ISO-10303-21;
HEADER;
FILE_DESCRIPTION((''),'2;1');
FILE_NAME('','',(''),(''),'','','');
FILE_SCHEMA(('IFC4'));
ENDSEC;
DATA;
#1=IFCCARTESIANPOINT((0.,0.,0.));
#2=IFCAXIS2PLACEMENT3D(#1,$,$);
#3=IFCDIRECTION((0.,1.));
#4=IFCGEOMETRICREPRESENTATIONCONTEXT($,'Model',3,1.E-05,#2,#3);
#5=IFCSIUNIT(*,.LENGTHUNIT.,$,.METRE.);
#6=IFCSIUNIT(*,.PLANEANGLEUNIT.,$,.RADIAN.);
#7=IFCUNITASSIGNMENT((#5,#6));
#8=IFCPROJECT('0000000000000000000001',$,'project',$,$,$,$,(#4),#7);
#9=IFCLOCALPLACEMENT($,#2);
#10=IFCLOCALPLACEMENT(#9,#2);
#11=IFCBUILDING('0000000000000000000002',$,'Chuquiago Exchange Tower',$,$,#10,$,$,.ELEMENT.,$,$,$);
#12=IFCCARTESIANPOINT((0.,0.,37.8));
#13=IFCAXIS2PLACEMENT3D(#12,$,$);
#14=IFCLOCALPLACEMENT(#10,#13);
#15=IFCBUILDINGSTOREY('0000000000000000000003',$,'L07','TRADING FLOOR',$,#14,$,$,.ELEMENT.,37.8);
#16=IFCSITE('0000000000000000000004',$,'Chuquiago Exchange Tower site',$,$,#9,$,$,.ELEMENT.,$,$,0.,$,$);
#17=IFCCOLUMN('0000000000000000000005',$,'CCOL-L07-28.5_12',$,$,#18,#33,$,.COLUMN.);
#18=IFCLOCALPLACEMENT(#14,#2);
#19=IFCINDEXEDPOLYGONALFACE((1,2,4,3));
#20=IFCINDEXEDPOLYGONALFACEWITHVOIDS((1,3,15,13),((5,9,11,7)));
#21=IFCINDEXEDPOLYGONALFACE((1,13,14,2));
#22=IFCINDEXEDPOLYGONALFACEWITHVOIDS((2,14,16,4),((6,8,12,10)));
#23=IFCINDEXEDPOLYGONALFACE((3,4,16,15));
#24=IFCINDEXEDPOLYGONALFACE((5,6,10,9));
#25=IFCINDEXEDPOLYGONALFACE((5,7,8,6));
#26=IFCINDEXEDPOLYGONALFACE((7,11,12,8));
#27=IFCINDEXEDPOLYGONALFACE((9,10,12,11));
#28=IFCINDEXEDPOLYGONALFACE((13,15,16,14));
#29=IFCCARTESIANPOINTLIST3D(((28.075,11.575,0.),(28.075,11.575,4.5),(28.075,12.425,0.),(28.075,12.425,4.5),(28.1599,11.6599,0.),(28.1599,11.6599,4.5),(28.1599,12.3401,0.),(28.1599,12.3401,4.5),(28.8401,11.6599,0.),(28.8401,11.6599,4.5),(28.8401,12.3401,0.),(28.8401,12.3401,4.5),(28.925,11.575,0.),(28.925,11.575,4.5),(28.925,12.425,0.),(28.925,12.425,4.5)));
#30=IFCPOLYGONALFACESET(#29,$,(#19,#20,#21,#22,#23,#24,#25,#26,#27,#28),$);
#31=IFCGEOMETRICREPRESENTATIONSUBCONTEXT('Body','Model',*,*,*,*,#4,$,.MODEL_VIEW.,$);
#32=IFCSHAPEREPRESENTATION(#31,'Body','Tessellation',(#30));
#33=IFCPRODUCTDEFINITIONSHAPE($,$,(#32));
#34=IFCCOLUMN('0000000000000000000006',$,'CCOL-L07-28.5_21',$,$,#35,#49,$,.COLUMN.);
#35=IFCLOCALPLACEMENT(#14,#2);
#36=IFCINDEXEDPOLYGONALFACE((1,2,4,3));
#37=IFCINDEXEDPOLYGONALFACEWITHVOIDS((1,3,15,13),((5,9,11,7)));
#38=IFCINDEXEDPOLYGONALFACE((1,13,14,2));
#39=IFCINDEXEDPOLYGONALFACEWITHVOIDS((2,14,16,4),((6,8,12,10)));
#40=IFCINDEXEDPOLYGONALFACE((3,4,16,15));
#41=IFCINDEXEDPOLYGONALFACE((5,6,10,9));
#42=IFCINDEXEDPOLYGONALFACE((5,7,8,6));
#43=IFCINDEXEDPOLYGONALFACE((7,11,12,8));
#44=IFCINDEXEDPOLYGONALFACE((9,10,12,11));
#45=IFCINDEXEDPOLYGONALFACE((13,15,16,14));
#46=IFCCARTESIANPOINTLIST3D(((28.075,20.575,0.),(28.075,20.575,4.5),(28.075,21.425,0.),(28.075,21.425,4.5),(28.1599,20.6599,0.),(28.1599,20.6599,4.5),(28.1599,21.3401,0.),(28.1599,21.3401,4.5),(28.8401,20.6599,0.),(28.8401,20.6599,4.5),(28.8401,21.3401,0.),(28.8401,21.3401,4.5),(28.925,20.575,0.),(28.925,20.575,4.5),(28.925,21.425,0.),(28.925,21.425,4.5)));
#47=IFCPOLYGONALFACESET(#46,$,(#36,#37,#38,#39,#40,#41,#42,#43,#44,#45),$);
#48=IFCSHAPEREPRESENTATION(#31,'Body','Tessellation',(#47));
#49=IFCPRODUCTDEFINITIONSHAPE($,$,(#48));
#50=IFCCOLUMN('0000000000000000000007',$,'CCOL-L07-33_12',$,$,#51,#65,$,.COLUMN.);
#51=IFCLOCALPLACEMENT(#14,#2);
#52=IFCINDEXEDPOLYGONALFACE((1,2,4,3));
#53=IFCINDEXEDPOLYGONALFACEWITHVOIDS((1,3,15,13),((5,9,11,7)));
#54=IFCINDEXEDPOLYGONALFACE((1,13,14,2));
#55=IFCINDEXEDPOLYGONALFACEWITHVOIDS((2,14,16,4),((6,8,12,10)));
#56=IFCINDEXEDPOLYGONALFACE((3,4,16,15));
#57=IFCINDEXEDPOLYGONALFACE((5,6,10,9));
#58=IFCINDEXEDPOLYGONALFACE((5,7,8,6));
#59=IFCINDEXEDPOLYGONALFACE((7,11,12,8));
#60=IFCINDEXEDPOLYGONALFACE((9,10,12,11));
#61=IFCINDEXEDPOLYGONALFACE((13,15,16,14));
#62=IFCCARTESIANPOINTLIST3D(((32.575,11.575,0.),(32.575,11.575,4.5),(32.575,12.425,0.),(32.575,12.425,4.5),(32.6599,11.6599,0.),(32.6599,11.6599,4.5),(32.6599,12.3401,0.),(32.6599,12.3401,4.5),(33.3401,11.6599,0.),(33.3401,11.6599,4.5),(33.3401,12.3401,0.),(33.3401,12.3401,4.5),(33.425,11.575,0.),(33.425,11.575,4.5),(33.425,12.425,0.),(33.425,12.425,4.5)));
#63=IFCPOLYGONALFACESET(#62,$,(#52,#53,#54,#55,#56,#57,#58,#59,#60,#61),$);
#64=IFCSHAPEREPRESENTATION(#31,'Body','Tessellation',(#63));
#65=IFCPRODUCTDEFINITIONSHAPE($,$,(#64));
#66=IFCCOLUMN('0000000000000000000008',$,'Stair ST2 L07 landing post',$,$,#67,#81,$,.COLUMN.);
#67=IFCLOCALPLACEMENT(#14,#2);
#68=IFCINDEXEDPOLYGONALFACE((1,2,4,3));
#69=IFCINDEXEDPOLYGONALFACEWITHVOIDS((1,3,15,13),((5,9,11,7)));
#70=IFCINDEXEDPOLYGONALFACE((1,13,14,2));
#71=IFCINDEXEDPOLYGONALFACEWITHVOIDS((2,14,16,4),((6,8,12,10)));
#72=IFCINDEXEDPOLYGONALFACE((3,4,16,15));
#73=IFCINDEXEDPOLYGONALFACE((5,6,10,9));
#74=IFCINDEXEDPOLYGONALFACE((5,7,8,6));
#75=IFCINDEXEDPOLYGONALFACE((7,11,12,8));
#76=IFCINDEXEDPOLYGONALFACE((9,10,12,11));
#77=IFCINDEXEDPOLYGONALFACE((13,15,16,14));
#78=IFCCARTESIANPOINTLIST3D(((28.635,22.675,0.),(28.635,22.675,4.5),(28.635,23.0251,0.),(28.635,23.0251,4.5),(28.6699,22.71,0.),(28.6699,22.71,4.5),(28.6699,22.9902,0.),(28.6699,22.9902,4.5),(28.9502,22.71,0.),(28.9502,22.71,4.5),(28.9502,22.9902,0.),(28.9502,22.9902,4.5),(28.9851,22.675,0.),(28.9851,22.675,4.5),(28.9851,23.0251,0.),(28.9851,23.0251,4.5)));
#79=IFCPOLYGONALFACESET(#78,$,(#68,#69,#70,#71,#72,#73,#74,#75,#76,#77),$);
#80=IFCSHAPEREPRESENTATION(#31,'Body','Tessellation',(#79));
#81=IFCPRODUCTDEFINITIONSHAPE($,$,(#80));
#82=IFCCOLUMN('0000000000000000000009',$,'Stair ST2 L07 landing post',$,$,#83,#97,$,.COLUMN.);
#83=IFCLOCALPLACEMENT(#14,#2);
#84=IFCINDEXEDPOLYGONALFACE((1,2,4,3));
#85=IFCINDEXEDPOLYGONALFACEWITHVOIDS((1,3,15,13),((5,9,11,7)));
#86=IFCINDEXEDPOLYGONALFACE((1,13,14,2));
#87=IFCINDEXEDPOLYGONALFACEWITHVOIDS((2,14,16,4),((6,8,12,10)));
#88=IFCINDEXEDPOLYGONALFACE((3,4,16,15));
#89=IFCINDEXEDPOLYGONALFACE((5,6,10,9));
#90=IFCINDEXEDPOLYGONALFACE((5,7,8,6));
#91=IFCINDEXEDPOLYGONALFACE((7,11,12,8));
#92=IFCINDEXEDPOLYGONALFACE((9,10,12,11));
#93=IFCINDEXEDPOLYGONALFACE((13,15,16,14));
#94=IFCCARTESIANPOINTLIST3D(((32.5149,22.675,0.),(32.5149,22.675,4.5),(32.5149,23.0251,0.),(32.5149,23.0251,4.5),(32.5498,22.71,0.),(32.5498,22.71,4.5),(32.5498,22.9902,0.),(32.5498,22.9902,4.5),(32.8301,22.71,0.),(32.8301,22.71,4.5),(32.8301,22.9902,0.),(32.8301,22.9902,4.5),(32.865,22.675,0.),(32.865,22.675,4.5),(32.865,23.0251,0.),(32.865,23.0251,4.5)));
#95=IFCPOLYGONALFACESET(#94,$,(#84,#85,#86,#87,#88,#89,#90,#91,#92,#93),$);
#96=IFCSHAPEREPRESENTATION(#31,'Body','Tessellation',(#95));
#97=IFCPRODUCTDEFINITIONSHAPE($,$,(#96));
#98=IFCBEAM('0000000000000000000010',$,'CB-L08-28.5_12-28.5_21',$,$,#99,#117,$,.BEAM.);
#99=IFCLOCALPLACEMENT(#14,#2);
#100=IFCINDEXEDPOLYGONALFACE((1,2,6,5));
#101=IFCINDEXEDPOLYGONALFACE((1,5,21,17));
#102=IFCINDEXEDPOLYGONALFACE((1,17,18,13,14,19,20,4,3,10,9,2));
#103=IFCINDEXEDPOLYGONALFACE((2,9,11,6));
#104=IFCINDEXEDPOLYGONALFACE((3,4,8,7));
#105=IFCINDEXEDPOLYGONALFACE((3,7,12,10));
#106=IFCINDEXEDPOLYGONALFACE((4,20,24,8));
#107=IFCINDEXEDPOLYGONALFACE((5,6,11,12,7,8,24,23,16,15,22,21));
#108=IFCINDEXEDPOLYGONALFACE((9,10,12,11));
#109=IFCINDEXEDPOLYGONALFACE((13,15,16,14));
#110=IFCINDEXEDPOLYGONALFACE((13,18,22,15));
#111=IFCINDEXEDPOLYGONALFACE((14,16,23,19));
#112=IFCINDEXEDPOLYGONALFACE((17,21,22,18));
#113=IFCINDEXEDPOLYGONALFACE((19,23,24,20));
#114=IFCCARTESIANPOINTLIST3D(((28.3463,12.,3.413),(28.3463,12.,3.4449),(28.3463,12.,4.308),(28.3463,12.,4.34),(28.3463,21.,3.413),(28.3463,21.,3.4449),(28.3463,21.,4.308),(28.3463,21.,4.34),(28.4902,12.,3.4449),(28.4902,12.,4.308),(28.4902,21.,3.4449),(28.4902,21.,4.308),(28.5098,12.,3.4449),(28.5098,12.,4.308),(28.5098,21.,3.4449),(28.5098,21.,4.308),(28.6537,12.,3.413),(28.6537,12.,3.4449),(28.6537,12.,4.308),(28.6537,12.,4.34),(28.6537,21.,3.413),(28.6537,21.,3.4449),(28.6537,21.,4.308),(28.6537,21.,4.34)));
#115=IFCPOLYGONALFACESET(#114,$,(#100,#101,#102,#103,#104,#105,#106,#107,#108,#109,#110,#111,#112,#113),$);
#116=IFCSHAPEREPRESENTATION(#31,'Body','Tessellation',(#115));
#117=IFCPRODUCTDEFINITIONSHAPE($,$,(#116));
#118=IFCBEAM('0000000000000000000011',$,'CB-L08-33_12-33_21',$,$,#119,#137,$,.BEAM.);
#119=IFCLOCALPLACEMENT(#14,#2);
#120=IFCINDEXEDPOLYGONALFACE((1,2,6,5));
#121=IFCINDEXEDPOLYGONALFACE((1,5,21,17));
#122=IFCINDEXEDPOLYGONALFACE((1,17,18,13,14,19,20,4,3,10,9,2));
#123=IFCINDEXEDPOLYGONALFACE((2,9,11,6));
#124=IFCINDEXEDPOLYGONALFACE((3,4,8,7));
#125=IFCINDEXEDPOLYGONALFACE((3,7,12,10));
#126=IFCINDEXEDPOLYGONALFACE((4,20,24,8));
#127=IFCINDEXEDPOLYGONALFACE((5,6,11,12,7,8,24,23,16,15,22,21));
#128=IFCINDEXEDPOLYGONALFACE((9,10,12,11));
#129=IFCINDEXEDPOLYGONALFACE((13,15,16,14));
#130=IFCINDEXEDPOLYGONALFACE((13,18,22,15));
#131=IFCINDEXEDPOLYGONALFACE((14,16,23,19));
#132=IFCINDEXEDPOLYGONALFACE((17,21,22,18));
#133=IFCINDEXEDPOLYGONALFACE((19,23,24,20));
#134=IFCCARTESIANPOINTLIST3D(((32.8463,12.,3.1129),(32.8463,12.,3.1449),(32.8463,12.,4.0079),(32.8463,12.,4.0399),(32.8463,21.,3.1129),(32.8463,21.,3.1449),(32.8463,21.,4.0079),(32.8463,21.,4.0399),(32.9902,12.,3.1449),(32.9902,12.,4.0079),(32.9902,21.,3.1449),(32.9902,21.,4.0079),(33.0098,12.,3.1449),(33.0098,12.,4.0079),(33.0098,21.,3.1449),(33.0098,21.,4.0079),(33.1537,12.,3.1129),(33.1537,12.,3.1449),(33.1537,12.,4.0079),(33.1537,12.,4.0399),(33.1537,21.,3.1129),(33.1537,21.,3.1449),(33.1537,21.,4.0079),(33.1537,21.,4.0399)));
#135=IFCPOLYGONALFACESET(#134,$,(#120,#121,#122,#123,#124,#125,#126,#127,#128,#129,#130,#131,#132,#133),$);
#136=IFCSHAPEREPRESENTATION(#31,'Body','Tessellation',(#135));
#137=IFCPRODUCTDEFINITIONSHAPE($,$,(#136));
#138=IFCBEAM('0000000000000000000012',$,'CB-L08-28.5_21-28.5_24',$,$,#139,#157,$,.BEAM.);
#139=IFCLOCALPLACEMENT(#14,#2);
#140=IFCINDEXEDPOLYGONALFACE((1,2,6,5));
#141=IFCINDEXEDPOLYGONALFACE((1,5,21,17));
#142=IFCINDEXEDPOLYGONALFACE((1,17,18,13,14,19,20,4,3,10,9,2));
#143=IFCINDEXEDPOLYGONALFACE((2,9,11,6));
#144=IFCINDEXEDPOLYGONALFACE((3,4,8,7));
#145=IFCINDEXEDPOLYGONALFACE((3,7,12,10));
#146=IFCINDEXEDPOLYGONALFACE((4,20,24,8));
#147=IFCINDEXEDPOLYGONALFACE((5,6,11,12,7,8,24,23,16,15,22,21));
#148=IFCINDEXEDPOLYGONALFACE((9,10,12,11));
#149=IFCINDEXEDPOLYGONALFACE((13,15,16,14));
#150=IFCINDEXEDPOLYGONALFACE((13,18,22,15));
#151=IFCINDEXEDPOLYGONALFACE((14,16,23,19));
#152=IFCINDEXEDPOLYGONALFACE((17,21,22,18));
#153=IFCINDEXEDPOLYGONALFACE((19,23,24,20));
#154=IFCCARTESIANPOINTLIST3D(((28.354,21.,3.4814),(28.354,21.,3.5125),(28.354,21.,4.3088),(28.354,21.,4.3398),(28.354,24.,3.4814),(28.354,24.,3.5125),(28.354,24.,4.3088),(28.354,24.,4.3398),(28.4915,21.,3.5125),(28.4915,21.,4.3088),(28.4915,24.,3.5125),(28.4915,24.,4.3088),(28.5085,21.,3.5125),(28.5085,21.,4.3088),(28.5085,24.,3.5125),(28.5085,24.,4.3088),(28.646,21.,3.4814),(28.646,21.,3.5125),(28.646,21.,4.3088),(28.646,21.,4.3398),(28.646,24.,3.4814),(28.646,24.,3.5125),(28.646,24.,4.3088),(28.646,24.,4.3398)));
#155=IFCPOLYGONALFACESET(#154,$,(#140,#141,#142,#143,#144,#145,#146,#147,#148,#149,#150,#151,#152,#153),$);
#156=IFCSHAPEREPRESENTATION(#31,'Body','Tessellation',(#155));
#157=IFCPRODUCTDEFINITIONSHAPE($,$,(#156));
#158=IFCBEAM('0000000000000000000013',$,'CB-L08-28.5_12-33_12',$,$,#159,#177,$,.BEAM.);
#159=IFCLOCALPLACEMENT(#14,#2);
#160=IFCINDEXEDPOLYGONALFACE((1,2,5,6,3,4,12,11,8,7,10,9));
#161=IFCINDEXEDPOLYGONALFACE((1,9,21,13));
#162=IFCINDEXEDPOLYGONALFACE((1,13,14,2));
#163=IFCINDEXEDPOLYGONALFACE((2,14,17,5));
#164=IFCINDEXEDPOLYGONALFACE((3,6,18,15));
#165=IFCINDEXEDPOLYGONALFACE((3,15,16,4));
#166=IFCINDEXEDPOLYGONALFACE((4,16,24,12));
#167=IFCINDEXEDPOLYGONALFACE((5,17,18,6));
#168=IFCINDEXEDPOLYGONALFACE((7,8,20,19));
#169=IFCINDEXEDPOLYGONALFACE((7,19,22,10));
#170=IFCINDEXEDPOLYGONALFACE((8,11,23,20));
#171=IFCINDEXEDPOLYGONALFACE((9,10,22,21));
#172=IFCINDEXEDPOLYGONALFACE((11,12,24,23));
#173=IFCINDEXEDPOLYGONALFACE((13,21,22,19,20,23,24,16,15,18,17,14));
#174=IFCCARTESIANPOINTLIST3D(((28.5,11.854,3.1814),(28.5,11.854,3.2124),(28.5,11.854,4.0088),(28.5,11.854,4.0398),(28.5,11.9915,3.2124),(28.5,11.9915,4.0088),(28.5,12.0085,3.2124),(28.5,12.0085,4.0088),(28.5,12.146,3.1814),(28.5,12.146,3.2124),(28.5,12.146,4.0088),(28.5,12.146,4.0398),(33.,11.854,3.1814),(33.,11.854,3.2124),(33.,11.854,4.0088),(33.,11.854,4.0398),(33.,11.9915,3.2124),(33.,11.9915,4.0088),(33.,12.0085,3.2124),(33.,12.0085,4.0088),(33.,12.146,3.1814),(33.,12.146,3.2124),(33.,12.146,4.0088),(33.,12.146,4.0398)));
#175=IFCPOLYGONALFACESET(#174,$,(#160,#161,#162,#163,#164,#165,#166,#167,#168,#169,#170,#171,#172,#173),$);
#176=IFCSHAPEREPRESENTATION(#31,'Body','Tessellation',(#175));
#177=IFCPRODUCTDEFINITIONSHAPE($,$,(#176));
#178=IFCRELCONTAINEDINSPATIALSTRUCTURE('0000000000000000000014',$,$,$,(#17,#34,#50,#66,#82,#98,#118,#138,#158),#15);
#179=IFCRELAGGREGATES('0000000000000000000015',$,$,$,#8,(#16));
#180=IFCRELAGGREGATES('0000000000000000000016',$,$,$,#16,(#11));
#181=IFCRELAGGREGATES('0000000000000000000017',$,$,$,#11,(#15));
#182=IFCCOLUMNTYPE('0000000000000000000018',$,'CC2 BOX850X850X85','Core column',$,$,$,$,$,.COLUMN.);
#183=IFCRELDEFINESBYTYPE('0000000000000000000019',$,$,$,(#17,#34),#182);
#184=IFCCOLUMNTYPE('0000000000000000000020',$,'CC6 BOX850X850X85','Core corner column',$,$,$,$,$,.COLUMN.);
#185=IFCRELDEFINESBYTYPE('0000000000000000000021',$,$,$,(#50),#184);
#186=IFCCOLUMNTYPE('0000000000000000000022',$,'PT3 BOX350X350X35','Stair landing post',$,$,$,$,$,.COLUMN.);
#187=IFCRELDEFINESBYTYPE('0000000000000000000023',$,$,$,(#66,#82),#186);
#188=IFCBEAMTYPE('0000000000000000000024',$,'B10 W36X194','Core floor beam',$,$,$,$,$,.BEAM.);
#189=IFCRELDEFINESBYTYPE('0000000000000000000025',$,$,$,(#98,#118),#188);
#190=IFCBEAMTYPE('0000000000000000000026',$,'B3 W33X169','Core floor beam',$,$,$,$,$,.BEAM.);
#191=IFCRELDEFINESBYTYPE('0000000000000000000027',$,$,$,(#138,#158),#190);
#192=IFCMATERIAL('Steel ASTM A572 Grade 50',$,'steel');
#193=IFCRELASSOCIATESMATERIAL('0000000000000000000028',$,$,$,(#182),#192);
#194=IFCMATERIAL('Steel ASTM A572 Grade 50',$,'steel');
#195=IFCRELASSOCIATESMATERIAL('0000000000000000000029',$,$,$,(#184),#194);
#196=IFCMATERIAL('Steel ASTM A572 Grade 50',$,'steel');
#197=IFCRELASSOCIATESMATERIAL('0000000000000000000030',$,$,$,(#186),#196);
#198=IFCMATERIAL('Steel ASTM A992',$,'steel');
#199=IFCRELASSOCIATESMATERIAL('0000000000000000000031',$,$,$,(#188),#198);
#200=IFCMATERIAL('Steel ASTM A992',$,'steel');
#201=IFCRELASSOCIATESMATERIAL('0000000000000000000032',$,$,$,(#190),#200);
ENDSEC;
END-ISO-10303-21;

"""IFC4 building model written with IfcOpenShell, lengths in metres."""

from ifc_helpers import new_model, si_unit, direction, frame, origin, origin_2d, place, context, subcontext, project, spatial, hollow_rectangle, i_section, extrude, material, material_profile, profile_set, type_object, element, save


model = new_model("IFC4")

# Units and contexts
model_context = context("Model", 3, precision=1e-05, world=origin(), true_north=direction((0.0, 1.0)))
body_context = subcontext(model_context, "Body", "Model", "MODEL_VIEW")
ifc_project = project(units=[si_unit("LENGTHUNIT", "METRE"), si_unit("PLANEANGLEUNIT", "RADIAN")], contexts=[model_context])

# Site, building, storey
site_placement = place(None, origin())
site = spatial("IfcSite", under=ifc_project, at=site_placement, Name="Chuquiago Exchange Tower site", CompositionType="ELEMENT", RefElevation=0.0)
building_placement = place(site_placement, origin())
building = spatial("IfcBuilding", under=site, at=building_placement, Name="Chuquiago Exchange Tower", CompositionType="ELEMENT")
storey_placement = place(building_placement, frame((0.0, 0.0, 37.8)))
storey = spatial("IfcBuildingStorey", under=building, at=storey_placement, Name="L07", Description="TRADING FLOOR", CompositionType="ELEMENT", Elevation=37.8)

# Columns
ifc_material_1 = material(Name="Steel ASTM A572 Grade 50", Category="steel")
ifc_material_profile_1 = material_profile(ifc_material_1, hollow_rectangle(XDim=0.8501, YDim=0.8501, WallThickness=0.085, at=origin_2d()), Name="BOX850X850X85")
ifc_profile_set_1 = profile_set([ifc_material_profile_1], Name="Steel ASTM A572 Grade 50")
column_type_1 = type_object("IfcColumnType", Name="CC2 BOX850X850X85", Description="Core column", PredefinedType="COLUMN", material=ifc_profile_set_1)
for number, where, z_axis, x_axis, name in (
    (1, (28.5, 12.0, 0.0), (0.0, 0.0, 1.0), (1.0, 0.0, 0.0), "CCOL-L07-28.5_12"),
    (2, (28.5, 21.0, 0.0), (0.0, 0.0, 1.0), (1.0, 0.0, 0.0), "CCOL-L07-28.5_21"),
):
    element("IfcColumn", number, at=place(storey_placement, frame(where, z_axis=z_axis, x_axis=x_axis)), inside=storey, type_object=column_type_1, Name=name, PredefinedType="COLUMN", context=body_context, shape_type="SweptSolid", body=[
        extrude(hollow_rectangle(XDim=0.8501, YDim=0.8501, WallThickness=0.085, at=origin_2d()), origin(), (0.0, 0.0, 1.0), 4.5),
    ])
ifc_material_2 = material(Name="Steel ASTM A572 Grade 50", Category="steel")
ifc_material_profile_2 = material_profile(ifc_material_2, hollow_rectangle(XDim=0.8501, YDim=0.8501, WallThickness=0.085, at=origin_2d()), Name="BOX850X850X85")
ifc_profile_set_2 = profile_set([ifc_material_profile_2], Name="Steel ASTM A572 Grade 50")
column_type_2 = type_object("IfcColumnType", Name="CC6 BOX850X850X85", Description="Core corner column", PredefinedType="COLUMN", material=ifc_profile_set_2)
column_placement = place(storey_placement, frame((33.0, 12.0, 0.0), z_axis=(0.0, 0.0, 1.0), x_axis=(1.0, 0.0, 0.0)))
element("IfcColumn", 3, at=column_placement, inside=storey, type_object=column_type_2, Name="CCOL-L07-33_12", PredefinedType="COLUMN", context=body_context, shape_type="SweptSolid", body=[
    extrude(hollow_rectangle(XDim=0.8501, YDim=0.8501, WallThickness=0.085, at=origin_2d()), origin(), (0.0, 0.0, 1.0), 4.5),
])
ifc_material_3 = material(Name="Steel ASTM A572 Grade 50", Category="steel")
ifc_material_profile_3 = material_profile(ifc_material_3, hollow_rectangle(XDim=0.3501, YDim=0.3501, WallThickness=0.0349, at=origin_2d()), Name="BOX350X350X35")
ifc_profile_set_3 = profile_set([ifc_material_profile_3], Name="Steel ASTM A572 Grade 50")
column_type_3 = type_object("IfcColumnType", Name="PT3 BOX350X350X35", Description="Stair landing post", PredefinedType="COLUMN", material=ifc_profile_set_3)
for number, where, z_axis, x_axis, name in (
    (4, (28.8101, 22.8501, 0.0), (0.0, 0.0, 1.0), (1.0, 0.0, 0.0), "Stair ST2 L07 landing post"),
    (5, (32.6899, 22.8501, 0.0), (0.0, 0.0, 1.0), (1.0, 0.0, 0.0), "Stair ST2 L07 landing post"),
):
    element("IfcColumn", number, at=place(storey_placement, frame(where, z_axis=z_axis, x_axis=x_axis)), inside=storey, type_object=column_type_3, Name=name, PredefinedType="COLUMN", context=body_context, shape_type="SweptSolid", body=[
        extrude(hollow_rectangle(XDim=0.3501, YDim=0.3501, WallThickness=0.0349, at=origin_2d()), origin(), (0.0, 0.0, 1.0), 4.5),
    ])

# Beams
ifc_material_4 = material(Name="Steel ASTM A992", Category="steel")
ifc_material_profile_4 = material_profile(ifc_material_4, i_section(OverallWidth=0.3074, OverallDepth=0.927, WebThickness=0.0195, FlangeThickness=0.032, at=origin_2d()), Name="W36X194")
ifc_profile_set_4 = profile_set([ifc_material_profile_4], Name="Steel ASTM A992")
beam_type_1 = type_object("IfcBeamType", Name="B10 W36X194", Description="Core floor beam", PredefinedType="BEAM", material=ifc_profile_set_4)
for number, where, z_axis, x_axis, name in (
    (6, (28.5, 12.0, 3.8765), (0.0, 1.0, 0.0), (-1.0, 0.0, 0.0), "CB-L08-28.5_12-28.5_21"),
    (7, (33.0, 12.0, 3.5764), (0.0, 1.0, 0.0), (-1.0, 0.0, 0.0), "CB-L08-33_12-33_21"),
):
    element("IfcBeam", number, at=place(storey_placement, frame(where, z_axis=z_axis, x_axis=x_axis)), inside=storey, type_object=beam_type_1, Name=name, PredefinedType="BEAM", context=body_context, shape_type="SweptSolid", body=[
        extrude(i_section(OverallWidth=0.3074, OverallDepth=0.927, WebThickness=0.0195, FlangeThickness=0.032, at=origin_2d()), origin(), (0.0, 0.0, 1.0), 9.0),
    ])
ifc_material_5 = material(Name="Steel ASTM A992", Category="steel")
ifc_material_profile_5 = material_profile(ifc_material_5, i_section(OverallWidth=0.292, OverallDepth=0.8584, WebThickness=0.0171, FlangeThickness=0.031, at=origin_2d()), Name="W33X169")
ifc_profile_set_5 = profile_set([ifc_material_profile_5], Name="Steel ASTM A992")
beam_type_2 = type_object("IfcBeamType", Name="B3 W33X169", Description="Core floor beam", PredefinedType="BEAM", material=ifc_profile_set_5)
beam_placement = place(storey_placement, frame((28.5, 21.0, 3.9106), z_axis=(0.0, 1.0, 0.0), x_axis=(-1.0, 0.0, 0.0)))
element("IfcBeam", 8, at=beam_placement, inside=storey, type_object=beam_type_2, Name="CB-L08-28.5_21-28.5_24", PredefinedType="BEAM", context=body_context, shape_type="SweptSolid", body=[
    extrude(i_section(OverallWidth=0.292, OverallDepth=0.8584, WebThickness=0.0171, FlangeThickness=0.031, at=origin_2d()), origin(), (0.0, 0.0, 1.0), 3.0),
])
for number, where, z_axis, x_axis, name in (
    (9, (28.5, 12.0, 3.6106), (1.0, 0.0, 0.0), (0.0, 1.0, 0.0), "CB-L08-28.5_12-33_12"),
):
    element("IfcBeam", number, at=place(storey_placement, frame(where, z_axis=z_axis, x_axis=x_axis)), inside=storey, type_object=beam_type_2, Name=name, PredefinedType="BEAM", context=body_context, shape_type="SweptSolid", body=[
        extrude(i_section(OverallWidth=0.292, OverallDepth=0.8584, WebThickness=0.0171, FlangeThickness=0.031, at=origin_2d()), origin(), (0.0, 0.0, 1.0), 4.5),
    ])

save(model, "model.ifc")
